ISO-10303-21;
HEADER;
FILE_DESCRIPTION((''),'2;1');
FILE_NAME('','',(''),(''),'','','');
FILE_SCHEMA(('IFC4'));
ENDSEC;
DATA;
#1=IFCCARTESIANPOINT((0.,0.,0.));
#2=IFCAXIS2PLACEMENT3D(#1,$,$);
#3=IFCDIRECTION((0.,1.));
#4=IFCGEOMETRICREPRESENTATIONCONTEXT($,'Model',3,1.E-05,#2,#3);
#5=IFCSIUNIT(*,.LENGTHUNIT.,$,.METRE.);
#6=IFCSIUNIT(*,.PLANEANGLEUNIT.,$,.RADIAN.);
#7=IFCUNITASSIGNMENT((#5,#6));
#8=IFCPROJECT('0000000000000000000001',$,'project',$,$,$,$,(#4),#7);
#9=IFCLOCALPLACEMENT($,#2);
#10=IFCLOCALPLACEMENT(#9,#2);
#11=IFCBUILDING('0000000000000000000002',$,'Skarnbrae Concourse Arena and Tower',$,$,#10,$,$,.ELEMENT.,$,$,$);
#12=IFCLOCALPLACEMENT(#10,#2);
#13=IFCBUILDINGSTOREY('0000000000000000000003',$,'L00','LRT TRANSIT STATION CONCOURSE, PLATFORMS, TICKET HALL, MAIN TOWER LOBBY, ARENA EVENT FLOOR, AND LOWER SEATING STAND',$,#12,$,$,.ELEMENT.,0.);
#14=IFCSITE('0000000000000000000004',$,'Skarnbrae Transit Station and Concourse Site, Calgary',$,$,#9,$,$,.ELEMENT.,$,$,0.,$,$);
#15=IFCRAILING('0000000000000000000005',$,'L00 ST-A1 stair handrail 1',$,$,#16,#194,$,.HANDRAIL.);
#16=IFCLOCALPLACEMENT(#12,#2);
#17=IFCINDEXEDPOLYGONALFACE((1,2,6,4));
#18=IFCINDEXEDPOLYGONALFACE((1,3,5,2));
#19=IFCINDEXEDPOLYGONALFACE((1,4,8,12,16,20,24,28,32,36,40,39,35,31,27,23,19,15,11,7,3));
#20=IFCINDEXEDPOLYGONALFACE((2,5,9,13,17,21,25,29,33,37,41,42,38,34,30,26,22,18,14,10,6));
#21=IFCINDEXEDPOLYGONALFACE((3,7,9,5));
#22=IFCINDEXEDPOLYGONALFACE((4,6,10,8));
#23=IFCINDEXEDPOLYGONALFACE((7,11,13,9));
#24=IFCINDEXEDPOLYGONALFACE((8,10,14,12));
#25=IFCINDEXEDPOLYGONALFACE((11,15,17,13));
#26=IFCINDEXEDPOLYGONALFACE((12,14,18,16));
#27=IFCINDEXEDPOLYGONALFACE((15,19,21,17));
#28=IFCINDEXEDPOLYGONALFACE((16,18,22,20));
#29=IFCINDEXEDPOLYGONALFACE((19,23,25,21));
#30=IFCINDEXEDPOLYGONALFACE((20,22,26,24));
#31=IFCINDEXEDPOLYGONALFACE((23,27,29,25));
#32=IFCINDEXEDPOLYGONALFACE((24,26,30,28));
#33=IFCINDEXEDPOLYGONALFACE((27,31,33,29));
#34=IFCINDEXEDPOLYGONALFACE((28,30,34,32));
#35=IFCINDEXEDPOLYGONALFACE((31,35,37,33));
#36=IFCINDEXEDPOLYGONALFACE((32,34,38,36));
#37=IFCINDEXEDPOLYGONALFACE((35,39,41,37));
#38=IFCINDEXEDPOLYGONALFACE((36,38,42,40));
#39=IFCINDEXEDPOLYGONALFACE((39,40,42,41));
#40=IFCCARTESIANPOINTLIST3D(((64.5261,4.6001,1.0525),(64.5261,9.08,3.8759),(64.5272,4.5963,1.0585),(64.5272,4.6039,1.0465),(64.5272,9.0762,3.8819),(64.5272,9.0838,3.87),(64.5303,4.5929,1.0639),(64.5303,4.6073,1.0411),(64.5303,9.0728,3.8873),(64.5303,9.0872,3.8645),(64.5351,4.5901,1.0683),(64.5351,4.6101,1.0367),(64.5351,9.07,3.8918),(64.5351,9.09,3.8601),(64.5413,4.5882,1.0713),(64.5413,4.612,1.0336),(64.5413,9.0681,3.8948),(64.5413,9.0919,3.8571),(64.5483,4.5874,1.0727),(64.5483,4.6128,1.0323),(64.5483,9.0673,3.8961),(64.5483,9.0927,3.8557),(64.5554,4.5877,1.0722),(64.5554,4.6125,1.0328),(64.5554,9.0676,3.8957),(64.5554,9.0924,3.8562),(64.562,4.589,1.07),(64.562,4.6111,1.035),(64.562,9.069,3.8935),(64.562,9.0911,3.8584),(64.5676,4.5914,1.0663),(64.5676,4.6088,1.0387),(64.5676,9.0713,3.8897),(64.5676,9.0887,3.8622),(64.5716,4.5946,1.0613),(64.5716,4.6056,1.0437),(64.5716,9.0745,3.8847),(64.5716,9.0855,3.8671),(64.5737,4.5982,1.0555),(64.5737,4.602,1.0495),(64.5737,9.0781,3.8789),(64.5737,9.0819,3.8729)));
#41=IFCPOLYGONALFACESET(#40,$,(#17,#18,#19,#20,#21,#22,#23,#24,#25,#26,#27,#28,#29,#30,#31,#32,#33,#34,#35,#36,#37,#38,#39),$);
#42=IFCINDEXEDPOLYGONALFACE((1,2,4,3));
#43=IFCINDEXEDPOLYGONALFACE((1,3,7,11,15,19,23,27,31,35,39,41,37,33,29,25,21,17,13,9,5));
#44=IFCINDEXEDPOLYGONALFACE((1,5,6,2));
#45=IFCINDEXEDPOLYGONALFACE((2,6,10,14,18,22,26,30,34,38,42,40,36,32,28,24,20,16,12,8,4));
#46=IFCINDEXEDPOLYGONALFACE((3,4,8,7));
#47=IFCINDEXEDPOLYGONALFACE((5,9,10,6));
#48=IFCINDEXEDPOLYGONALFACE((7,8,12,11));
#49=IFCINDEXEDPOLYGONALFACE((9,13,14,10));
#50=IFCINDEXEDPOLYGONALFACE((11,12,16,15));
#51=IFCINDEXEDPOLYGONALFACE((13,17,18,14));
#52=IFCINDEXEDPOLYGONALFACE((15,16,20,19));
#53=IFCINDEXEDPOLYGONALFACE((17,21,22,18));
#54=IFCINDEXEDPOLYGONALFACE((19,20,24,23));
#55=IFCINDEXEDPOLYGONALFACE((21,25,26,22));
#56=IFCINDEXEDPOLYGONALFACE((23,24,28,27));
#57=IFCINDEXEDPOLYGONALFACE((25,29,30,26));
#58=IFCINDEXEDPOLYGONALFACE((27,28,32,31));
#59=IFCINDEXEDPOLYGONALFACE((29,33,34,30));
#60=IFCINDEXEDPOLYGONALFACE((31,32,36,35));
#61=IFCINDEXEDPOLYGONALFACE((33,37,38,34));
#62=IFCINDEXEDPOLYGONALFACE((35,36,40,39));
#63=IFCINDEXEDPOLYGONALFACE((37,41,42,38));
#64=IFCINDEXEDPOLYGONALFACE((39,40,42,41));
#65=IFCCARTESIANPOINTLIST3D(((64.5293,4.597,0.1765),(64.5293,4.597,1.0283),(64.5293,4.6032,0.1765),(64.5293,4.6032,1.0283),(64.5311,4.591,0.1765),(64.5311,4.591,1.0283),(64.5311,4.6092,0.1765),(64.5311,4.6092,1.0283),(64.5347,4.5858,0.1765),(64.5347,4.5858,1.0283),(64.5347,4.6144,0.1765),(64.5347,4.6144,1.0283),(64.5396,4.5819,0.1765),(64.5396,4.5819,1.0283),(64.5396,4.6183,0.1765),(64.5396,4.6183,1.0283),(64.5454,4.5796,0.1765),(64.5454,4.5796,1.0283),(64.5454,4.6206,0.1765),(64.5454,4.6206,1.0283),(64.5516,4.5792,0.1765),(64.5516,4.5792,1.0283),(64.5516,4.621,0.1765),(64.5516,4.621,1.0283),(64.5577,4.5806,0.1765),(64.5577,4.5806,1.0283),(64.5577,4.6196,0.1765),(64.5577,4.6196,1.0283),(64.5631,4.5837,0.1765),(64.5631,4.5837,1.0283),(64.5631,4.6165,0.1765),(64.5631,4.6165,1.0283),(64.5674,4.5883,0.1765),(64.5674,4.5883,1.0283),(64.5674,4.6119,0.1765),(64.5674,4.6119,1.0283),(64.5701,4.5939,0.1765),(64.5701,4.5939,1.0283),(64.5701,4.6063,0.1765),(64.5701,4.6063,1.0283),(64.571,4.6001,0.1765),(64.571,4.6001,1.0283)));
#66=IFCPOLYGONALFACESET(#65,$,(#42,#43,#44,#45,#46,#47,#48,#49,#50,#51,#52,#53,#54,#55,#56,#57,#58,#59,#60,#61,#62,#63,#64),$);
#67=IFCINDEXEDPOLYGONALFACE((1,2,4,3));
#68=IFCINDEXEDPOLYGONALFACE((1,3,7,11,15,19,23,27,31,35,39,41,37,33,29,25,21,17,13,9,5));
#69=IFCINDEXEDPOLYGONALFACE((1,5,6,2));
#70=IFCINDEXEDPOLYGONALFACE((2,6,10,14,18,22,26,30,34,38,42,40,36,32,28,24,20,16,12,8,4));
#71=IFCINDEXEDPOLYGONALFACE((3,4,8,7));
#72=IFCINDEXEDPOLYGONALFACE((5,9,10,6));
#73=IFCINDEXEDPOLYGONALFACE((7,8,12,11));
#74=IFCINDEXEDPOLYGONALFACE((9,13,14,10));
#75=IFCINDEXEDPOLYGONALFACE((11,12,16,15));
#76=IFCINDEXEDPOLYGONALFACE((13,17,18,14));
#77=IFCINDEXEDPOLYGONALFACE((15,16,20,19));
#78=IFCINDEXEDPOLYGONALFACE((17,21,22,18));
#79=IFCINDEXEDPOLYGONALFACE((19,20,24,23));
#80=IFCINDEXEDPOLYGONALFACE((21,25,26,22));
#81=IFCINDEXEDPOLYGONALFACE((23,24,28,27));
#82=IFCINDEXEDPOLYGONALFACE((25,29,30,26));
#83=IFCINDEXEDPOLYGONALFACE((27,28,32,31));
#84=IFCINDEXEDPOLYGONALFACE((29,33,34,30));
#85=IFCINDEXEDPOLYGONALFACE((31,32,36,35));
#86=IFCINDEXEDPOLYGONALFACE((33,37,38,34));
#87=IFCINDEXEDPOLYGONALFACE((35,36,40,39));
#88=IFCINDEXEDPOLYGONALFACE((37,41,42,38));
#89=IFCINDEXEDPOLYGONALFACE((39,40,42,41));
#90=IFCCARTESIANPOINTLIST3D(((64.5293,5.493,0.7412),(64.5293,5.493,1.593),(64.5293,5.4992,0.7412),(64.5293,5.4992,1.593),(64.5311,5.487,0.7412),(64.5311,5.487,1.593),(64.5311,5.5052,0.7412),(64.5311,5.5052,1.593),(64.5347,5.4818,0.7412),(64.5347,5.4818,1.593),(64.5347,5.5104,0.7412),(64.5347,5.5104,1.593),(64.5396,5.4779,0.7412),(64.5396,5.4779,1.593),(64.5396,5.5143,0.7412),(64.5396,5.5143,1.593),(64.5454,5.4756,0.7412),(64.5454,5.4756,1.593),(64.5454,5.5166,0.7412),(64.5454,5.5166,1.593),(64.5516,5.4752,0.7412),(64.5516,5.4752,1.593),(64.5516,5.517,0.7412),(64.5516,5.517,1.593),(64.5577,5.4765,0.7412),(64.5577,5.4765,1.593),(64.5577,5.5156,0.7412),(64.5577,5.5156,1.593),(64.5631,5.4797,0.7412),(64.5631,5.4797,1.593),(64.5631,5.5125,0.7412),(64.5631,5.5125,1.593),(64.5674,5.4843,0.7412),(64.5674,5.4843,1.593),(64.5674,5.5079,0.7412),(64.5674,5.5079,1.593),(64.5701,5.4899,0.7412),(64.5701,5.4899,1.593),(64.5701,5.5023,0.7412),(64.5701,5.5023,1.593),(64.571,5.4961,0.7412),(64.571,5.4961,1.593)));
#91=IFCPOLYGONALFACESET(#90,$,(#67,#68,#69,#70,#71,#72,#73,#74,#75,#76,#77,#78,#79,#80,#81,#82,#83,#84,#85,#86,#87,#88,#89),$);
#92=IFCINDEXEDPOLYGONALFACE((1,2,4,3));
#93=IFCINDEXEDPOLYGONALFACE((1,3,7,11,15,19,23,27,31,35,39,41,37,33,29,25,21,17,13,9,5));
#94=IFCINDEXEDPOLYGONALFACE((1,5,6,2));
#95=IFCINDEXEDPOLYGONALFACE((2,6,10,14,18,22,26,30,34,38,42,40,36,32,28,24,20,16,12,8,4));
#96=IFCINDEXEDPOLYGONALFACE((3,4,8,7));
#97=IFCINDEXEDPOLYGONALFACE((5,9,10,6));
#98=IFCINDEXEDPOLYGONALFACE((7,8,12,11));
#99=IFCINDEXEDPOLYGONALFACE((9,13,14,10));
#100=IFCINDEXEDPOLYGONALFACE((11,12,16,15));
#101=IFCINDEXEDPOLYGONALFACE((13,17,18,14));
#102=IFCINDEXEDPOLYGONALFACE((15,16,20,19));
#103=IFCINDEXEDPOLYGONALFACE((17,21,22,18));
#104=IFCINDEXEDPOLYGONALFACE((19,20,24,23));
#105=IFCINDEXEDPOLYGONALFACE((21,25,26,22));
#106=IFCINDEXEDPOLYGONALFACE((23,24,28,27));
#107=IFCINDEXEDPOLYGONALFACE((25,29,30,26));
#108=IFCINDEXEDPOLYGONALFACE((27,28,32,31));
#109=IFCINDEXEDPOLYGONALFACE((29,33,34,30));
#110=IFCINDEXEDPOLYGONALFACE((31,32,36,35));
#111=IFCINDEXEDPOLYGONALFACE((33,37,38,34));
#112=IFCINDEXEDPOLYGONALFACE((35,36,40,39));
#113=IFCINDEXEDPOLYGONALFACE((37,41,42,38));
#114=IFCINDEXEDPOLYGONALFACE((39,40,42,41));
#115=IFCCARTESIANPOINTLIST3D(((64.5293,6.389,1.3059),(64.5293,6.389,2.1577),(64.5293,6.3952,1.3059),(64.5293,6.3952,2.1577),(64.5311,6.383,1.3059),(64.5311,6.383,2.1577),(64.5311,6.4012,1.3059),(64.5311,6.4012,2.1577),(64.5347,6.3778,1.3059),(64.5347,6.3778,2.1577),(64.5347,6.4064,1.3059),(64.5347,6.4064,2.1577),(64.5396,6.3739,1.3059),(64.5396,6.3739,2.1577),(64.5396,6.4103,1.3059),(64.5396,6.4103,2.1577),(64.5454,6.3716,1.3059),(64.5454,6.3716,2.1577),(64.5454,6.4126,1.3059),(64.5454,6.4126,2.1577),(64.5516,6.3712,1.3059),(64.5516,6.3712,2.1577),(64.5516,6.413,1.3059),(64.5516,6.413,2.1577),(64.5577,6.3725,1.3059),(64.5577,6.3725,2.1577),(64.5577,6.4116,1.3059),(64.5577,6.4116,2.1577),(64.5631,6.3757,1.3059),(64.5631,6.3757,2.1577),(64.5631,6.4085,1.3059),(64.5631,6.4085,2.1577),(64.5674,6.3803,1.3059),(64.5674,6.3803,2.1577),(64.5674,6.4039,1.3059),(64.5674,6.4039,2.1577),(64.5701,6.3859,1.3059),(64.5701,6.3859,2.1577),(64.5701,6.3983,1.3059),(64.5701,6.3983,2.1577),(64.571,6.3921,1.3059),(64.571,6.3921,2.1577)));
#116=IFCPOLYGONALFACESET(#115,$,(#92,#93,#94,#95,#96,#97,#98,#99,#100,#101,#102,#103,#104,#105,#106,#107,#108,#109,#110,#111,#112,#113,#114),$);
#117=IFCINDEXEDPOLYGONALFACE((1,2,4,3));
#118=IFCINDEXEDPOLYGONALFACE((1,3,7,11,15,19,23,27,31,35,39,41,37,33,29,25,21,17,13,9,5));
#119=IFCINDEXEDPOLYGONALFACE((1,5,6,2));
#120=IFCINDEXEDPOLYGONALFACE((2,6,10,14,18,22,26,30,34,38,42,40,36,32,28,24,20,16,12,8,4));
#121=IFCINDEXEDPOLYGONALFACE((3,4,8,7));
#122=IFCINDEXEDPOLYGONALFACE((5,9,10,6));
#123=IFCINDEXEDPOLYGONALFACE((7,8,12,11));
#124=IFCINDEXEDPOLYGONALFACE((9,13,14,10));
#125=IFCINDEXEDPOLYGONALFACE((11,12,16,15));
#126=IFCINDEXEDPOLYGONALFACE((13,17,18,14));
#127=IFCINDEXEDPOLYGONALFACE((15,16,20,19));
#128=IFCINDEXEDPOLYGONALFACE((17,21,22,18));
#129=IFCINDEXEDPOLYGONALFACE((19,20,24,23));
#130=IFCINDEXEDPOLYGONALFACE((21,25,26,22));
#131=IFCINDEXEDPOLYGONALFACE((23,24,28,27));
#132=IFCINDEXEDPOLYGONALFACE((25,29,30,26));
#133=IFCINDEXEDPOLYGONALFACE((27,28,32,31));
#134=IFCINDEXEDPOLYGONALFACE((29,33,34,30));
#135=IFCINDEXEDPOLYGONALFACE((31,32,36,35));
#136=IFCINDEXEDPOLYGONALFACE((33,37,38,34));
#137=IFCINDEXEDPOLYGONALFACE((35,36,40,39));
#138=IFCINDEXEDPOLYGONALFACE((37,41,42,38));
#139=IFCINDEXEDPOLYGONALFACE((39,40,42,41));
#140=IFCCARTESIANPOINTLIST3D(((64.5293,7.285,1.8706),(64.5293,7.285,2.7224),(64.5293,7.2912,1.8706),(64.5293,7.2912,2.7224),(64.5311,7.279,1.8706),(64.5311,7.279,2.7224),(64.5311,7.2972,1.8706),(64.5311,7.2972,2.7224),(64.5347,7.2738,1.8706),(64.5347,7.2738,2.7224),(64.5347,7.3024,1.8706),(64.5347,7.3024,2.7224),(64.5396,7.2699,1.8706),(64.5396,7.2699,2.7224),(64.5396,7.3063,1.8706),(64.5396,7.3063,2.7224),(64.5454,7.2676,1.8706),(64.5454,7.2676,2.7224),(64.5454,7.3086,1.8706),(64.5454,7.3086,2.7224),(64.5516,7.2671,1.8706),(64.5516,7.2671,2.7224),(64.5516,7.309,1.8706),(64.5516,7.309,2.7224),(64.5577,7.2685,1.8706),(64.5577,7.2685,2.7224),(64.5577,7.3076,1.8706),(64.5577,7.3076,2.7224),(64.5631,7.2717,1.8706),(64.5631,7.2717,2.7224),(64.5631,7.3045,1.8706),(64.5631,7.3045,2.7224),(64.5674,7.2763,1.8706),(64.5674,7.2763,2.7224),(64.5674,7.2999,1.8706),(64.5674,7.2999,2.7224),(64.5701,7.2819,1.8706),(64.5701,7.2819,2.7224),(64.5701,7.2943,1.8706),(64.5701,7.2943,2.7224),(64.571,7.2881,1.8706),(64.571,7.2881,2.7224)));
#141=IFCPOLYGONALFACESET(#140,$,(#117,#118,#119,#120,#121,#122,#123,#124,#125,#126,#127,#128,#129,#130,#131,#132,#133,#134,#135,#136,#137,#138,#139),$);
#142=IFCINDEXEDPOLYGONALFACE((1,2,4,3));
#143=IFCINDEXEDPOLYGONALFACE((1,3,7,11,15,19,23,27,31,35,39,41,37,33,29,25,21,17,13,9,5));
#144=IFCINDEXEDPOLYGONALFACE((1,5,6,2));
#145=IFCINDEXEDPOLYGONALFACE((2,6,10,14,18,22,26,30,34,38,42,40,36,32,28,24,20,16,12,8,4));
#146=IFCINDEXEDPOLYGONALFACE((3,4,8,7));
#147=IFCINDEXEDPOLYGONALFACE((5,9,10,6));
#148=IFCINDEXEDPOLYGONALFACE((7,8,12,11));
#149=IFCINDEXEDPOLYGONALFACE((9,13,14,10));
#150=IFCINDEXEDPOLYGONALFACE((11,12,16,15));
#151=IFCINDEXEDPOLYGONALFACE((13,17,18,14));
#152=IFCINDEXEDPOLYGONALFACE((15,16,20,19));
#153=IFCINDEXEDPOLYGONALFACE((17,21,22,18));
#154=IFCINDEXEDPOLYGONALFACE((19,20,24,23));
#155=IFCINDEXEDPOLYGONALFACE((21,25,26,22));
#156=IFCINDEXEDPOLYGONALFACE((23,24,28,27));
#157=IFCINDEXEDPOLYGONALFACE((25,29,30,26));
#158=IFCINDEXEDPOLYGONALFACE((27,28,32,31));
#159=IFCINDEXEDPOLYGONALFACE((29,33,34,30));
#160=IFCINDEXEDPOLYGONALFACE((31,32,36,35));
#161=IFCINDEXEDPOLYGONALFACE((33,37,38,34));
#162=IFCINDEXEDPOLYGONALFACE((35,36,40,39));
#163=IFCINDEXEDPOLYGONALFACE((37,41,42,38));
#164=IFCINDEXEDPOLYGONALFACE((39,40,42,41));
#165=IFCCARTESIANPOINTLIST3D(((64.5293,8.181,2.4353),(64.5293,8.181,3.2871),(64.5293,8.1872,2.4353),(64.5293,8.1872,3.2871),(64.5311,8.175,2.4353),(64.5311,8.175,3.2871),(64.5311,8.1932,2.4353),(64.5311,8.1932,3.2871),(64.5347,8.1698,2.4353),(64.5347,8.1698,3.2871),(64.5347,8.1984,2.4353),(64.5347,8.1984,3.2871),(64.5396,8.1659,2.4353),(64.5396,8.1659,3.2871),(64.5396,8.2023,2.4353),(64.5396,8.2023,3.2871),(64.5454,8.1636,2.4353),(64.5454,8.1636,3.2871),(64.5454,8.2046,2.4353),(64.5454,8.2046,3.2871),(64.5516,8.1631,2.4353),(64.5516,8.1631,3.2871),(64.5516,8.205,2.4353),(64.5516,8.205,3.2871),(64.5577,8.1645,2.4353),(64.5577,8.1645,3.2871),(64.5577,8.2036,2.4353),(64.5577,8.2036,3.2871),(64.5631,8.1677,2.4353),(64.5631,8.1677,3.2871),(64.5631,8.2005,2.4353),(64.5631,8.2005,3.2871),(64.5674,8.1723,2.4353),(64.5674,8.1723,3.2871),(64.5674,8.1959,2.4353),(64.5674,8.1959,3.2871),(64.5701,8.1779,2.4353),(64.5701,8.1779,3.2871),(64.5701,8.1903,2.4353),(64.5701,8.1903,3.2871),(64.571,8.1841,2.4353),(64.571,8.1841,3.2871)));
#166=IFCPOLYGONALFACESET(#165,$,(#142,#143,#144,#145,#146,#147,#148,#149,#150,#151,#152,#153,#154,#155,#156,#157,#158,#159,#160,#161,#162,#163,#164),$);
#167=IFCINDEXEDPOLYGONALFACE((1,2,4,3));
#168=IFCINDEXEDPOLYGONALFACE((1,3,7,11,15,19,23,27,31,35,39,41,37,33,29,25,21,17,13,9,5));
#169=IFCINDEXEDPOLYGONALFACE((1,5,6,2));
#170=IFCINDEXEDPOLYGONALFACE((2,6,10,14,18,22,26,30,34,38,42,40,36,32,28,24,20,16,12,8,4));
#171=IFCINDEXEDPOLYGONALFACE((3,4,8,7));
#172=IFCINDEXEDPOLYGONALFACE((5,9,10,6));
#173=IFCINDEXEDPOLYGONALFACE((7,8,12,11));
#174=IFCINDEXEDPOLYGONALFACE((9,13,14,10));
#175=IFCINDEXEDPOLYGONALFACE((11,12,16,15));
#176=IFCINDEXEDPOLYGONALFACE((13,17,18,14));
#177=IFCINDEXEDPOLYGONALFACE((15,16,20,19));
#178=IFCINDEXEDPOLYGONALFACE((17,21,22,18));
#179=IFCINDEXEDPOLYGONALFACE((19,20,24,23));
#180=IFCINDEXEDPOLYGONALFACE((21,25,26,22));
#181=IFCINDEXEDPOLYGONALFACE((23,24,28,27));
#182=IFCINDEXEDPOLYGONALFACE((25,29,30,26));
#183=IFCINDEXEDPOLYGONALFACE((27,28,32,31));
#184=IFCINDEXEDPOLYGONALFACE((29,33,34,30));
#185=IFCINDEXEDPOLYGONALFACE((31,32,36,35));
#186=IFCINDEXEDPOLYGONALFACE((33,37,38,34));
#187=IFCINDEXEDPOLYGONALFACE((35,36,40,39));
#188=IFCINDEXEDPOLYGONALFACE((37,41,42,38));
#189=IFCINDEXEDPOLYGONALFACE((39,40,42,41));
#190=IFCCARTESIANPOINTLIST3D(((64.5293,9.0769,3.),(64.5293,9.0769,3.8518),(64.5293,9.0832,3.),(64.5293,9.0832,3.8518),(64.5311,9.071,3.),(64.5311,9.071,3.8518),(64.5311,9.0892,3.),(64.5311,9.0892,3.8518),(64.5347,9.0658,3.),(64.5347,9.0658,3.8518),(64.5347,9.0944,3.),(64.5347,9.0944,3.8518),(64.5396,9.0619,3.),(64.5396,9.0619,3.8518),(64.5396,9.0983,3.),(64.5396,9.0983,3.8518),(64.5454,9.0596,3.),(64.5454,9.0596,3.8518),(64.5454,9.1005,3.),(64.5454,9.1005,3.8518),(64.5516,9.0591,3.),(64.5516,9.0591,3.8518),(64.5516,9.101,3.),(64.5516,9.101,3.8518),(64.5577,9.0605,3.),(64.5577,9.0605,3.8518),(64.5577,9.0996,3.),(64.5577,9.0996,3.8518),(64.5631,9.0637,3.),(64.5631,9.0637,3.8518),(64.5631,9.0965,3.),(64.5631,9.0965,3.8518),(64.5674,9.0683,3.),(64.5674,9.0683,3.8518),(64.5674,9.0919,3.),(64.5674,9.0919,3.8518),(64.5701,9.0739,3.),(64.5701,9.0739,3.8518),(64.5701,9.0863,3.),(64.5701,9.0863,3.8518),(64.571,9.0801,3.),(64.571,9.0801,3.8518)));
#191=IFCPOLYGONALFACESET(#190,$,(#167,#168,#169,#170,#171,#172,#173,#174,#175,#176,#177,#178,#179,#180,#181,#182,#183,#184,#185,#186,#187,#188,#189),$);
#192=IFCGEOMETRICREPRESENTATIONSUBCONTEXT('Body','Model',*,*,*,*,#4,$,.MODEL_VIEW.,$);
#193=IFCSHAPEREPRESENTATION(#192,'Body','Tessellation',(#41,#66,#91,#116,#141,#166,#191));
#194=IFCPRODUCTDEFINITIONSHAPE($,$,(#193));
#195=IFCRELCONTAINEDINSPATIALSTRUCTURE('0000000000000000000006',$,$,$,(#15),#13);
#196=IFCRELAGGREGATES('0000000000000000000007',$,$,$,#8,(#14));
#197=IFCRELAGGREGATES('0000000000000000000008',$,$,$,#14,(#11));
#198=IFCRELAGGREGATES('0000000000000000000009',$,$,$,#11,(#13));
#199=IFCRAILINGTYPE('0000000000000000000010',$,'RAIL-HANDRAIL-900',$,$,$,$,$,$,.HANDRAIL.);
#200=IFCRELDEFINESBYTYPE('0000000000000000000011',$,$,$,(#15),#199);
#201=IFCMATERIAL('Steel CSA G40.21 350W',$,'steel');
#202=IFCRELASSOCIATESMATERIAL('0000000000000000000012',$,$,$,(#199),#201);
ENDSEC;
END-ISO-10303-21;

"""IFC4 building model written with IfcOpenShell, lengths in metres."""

from ifc_helpers import new_model, si_unit, direction, frame, origin, origin_2d, place, context, subcontext, project, spatial, circle, extrude, material, type_object, element, save


model = new_model("IFC4")

# Units and contexts
model_context = context("Model", 3, precision=1e-05, world=origin(), true_north=direction((0.0, 1.0)))
body_context = subcontext(model_context, "Body", "Model", "MODEL_VIEW")
ifc_project = project(units=[si_unit("LENGTHUNIT", "METRE"), si_unit("PLANEANGLEUNIT", "RADIAN")], contexts=[model_context])

# Site, building, storey
site_placement = place(None, origin())
site = spatial("IfcSite", under=ifc_project, at=site_placement, Name="Skarnbrae Transit Station and Concourse Site, Calgary", CompositionType="ELEMENT", RefElevation=0.0)
building_placement = place(site_placement, origin())
building = spatial("IfcBuilding", under=site, at=building_placement, Name="Skarnbrae Concourse Arena and Tower", CompositionType="ELEMENT")
storey_placement = place(building_placement, origin())
storey = spatial("IfcBuildingStorey", under=building, at=storey_placement, Name="L00", Description="LRT TRANSIT STATION CONCOURSE, PLATFORMS, TICKET HALL, MAIN TOWER LOBBY, ARENA EVENT FLOOR, AND LOWER SEATING STAND", CompositionType="ELEMENT", Elevation=0.0)

# Shared definitions
ifc_material_1 = material(Name="Steel CSA G40.21 350W", Category="steel")

# Railing
railing_type_1 = type_object("IfcRailingType", Name="RAIL-HANDRAIL-900", PredefinedType="HANDRAIL", material=ifc_material_1)
railing_1_placement = place(storey_placement, frame((64.55, 4.6001, 0.1765)))
element("IfcRailing", 1, at=railing_1_placement, inside=storey, type_object=railing_type_1, Name="L00 ST-A1 stair handrail 1", PredefinedType="HANDRAIL", context=body_context, shape_type="SweptSolid", body=[
    extrude(circle(Radius=0.0239, at=origin_2d()), frame((0.0, 0.0, 0.876), z_axis=(0.0, 0.845998, 0.533186), x_axis=(-1.0, 0.0, 0.0)), (0.0, 0.0, 1.0), 5.2954),
    extrude(circle(Radius=0.021, at=origin_2d()), origin(), (0.0, 0.0, 1.0), 0.8518),
    extrude(circle(Radius=0.021, at=origin_2d()), frame((0.0, 0.896, 0.5647)), (0.0, 0.0, 1.0), 0.8518),
    extrude(circle(Radius=0.021, at=origin_2d()), frame((0.0, 1.792, 1.1294)), (0.0, 0.0, 1.0), 0.8518),
    extrude(circle(Radius=0.021, at=origin_2d()), frame((0.0, 2.688, 1.6941)), (0.0, 0.0, 1.0), 0.8518),
    extrude(circle(Radius=0.021, at=origin_2d()), frame((0.0, 3.584, 2.2588)), (0.0, 0.0, 1.0), 0.8518),
    extrude(circle(Radius=0.021, at=origin_2d()), frame((0.0, 4.48, 2.8235)), (0.0, 0.0, 1.0), 0.8518),
])

save(model, "model.ifc")
